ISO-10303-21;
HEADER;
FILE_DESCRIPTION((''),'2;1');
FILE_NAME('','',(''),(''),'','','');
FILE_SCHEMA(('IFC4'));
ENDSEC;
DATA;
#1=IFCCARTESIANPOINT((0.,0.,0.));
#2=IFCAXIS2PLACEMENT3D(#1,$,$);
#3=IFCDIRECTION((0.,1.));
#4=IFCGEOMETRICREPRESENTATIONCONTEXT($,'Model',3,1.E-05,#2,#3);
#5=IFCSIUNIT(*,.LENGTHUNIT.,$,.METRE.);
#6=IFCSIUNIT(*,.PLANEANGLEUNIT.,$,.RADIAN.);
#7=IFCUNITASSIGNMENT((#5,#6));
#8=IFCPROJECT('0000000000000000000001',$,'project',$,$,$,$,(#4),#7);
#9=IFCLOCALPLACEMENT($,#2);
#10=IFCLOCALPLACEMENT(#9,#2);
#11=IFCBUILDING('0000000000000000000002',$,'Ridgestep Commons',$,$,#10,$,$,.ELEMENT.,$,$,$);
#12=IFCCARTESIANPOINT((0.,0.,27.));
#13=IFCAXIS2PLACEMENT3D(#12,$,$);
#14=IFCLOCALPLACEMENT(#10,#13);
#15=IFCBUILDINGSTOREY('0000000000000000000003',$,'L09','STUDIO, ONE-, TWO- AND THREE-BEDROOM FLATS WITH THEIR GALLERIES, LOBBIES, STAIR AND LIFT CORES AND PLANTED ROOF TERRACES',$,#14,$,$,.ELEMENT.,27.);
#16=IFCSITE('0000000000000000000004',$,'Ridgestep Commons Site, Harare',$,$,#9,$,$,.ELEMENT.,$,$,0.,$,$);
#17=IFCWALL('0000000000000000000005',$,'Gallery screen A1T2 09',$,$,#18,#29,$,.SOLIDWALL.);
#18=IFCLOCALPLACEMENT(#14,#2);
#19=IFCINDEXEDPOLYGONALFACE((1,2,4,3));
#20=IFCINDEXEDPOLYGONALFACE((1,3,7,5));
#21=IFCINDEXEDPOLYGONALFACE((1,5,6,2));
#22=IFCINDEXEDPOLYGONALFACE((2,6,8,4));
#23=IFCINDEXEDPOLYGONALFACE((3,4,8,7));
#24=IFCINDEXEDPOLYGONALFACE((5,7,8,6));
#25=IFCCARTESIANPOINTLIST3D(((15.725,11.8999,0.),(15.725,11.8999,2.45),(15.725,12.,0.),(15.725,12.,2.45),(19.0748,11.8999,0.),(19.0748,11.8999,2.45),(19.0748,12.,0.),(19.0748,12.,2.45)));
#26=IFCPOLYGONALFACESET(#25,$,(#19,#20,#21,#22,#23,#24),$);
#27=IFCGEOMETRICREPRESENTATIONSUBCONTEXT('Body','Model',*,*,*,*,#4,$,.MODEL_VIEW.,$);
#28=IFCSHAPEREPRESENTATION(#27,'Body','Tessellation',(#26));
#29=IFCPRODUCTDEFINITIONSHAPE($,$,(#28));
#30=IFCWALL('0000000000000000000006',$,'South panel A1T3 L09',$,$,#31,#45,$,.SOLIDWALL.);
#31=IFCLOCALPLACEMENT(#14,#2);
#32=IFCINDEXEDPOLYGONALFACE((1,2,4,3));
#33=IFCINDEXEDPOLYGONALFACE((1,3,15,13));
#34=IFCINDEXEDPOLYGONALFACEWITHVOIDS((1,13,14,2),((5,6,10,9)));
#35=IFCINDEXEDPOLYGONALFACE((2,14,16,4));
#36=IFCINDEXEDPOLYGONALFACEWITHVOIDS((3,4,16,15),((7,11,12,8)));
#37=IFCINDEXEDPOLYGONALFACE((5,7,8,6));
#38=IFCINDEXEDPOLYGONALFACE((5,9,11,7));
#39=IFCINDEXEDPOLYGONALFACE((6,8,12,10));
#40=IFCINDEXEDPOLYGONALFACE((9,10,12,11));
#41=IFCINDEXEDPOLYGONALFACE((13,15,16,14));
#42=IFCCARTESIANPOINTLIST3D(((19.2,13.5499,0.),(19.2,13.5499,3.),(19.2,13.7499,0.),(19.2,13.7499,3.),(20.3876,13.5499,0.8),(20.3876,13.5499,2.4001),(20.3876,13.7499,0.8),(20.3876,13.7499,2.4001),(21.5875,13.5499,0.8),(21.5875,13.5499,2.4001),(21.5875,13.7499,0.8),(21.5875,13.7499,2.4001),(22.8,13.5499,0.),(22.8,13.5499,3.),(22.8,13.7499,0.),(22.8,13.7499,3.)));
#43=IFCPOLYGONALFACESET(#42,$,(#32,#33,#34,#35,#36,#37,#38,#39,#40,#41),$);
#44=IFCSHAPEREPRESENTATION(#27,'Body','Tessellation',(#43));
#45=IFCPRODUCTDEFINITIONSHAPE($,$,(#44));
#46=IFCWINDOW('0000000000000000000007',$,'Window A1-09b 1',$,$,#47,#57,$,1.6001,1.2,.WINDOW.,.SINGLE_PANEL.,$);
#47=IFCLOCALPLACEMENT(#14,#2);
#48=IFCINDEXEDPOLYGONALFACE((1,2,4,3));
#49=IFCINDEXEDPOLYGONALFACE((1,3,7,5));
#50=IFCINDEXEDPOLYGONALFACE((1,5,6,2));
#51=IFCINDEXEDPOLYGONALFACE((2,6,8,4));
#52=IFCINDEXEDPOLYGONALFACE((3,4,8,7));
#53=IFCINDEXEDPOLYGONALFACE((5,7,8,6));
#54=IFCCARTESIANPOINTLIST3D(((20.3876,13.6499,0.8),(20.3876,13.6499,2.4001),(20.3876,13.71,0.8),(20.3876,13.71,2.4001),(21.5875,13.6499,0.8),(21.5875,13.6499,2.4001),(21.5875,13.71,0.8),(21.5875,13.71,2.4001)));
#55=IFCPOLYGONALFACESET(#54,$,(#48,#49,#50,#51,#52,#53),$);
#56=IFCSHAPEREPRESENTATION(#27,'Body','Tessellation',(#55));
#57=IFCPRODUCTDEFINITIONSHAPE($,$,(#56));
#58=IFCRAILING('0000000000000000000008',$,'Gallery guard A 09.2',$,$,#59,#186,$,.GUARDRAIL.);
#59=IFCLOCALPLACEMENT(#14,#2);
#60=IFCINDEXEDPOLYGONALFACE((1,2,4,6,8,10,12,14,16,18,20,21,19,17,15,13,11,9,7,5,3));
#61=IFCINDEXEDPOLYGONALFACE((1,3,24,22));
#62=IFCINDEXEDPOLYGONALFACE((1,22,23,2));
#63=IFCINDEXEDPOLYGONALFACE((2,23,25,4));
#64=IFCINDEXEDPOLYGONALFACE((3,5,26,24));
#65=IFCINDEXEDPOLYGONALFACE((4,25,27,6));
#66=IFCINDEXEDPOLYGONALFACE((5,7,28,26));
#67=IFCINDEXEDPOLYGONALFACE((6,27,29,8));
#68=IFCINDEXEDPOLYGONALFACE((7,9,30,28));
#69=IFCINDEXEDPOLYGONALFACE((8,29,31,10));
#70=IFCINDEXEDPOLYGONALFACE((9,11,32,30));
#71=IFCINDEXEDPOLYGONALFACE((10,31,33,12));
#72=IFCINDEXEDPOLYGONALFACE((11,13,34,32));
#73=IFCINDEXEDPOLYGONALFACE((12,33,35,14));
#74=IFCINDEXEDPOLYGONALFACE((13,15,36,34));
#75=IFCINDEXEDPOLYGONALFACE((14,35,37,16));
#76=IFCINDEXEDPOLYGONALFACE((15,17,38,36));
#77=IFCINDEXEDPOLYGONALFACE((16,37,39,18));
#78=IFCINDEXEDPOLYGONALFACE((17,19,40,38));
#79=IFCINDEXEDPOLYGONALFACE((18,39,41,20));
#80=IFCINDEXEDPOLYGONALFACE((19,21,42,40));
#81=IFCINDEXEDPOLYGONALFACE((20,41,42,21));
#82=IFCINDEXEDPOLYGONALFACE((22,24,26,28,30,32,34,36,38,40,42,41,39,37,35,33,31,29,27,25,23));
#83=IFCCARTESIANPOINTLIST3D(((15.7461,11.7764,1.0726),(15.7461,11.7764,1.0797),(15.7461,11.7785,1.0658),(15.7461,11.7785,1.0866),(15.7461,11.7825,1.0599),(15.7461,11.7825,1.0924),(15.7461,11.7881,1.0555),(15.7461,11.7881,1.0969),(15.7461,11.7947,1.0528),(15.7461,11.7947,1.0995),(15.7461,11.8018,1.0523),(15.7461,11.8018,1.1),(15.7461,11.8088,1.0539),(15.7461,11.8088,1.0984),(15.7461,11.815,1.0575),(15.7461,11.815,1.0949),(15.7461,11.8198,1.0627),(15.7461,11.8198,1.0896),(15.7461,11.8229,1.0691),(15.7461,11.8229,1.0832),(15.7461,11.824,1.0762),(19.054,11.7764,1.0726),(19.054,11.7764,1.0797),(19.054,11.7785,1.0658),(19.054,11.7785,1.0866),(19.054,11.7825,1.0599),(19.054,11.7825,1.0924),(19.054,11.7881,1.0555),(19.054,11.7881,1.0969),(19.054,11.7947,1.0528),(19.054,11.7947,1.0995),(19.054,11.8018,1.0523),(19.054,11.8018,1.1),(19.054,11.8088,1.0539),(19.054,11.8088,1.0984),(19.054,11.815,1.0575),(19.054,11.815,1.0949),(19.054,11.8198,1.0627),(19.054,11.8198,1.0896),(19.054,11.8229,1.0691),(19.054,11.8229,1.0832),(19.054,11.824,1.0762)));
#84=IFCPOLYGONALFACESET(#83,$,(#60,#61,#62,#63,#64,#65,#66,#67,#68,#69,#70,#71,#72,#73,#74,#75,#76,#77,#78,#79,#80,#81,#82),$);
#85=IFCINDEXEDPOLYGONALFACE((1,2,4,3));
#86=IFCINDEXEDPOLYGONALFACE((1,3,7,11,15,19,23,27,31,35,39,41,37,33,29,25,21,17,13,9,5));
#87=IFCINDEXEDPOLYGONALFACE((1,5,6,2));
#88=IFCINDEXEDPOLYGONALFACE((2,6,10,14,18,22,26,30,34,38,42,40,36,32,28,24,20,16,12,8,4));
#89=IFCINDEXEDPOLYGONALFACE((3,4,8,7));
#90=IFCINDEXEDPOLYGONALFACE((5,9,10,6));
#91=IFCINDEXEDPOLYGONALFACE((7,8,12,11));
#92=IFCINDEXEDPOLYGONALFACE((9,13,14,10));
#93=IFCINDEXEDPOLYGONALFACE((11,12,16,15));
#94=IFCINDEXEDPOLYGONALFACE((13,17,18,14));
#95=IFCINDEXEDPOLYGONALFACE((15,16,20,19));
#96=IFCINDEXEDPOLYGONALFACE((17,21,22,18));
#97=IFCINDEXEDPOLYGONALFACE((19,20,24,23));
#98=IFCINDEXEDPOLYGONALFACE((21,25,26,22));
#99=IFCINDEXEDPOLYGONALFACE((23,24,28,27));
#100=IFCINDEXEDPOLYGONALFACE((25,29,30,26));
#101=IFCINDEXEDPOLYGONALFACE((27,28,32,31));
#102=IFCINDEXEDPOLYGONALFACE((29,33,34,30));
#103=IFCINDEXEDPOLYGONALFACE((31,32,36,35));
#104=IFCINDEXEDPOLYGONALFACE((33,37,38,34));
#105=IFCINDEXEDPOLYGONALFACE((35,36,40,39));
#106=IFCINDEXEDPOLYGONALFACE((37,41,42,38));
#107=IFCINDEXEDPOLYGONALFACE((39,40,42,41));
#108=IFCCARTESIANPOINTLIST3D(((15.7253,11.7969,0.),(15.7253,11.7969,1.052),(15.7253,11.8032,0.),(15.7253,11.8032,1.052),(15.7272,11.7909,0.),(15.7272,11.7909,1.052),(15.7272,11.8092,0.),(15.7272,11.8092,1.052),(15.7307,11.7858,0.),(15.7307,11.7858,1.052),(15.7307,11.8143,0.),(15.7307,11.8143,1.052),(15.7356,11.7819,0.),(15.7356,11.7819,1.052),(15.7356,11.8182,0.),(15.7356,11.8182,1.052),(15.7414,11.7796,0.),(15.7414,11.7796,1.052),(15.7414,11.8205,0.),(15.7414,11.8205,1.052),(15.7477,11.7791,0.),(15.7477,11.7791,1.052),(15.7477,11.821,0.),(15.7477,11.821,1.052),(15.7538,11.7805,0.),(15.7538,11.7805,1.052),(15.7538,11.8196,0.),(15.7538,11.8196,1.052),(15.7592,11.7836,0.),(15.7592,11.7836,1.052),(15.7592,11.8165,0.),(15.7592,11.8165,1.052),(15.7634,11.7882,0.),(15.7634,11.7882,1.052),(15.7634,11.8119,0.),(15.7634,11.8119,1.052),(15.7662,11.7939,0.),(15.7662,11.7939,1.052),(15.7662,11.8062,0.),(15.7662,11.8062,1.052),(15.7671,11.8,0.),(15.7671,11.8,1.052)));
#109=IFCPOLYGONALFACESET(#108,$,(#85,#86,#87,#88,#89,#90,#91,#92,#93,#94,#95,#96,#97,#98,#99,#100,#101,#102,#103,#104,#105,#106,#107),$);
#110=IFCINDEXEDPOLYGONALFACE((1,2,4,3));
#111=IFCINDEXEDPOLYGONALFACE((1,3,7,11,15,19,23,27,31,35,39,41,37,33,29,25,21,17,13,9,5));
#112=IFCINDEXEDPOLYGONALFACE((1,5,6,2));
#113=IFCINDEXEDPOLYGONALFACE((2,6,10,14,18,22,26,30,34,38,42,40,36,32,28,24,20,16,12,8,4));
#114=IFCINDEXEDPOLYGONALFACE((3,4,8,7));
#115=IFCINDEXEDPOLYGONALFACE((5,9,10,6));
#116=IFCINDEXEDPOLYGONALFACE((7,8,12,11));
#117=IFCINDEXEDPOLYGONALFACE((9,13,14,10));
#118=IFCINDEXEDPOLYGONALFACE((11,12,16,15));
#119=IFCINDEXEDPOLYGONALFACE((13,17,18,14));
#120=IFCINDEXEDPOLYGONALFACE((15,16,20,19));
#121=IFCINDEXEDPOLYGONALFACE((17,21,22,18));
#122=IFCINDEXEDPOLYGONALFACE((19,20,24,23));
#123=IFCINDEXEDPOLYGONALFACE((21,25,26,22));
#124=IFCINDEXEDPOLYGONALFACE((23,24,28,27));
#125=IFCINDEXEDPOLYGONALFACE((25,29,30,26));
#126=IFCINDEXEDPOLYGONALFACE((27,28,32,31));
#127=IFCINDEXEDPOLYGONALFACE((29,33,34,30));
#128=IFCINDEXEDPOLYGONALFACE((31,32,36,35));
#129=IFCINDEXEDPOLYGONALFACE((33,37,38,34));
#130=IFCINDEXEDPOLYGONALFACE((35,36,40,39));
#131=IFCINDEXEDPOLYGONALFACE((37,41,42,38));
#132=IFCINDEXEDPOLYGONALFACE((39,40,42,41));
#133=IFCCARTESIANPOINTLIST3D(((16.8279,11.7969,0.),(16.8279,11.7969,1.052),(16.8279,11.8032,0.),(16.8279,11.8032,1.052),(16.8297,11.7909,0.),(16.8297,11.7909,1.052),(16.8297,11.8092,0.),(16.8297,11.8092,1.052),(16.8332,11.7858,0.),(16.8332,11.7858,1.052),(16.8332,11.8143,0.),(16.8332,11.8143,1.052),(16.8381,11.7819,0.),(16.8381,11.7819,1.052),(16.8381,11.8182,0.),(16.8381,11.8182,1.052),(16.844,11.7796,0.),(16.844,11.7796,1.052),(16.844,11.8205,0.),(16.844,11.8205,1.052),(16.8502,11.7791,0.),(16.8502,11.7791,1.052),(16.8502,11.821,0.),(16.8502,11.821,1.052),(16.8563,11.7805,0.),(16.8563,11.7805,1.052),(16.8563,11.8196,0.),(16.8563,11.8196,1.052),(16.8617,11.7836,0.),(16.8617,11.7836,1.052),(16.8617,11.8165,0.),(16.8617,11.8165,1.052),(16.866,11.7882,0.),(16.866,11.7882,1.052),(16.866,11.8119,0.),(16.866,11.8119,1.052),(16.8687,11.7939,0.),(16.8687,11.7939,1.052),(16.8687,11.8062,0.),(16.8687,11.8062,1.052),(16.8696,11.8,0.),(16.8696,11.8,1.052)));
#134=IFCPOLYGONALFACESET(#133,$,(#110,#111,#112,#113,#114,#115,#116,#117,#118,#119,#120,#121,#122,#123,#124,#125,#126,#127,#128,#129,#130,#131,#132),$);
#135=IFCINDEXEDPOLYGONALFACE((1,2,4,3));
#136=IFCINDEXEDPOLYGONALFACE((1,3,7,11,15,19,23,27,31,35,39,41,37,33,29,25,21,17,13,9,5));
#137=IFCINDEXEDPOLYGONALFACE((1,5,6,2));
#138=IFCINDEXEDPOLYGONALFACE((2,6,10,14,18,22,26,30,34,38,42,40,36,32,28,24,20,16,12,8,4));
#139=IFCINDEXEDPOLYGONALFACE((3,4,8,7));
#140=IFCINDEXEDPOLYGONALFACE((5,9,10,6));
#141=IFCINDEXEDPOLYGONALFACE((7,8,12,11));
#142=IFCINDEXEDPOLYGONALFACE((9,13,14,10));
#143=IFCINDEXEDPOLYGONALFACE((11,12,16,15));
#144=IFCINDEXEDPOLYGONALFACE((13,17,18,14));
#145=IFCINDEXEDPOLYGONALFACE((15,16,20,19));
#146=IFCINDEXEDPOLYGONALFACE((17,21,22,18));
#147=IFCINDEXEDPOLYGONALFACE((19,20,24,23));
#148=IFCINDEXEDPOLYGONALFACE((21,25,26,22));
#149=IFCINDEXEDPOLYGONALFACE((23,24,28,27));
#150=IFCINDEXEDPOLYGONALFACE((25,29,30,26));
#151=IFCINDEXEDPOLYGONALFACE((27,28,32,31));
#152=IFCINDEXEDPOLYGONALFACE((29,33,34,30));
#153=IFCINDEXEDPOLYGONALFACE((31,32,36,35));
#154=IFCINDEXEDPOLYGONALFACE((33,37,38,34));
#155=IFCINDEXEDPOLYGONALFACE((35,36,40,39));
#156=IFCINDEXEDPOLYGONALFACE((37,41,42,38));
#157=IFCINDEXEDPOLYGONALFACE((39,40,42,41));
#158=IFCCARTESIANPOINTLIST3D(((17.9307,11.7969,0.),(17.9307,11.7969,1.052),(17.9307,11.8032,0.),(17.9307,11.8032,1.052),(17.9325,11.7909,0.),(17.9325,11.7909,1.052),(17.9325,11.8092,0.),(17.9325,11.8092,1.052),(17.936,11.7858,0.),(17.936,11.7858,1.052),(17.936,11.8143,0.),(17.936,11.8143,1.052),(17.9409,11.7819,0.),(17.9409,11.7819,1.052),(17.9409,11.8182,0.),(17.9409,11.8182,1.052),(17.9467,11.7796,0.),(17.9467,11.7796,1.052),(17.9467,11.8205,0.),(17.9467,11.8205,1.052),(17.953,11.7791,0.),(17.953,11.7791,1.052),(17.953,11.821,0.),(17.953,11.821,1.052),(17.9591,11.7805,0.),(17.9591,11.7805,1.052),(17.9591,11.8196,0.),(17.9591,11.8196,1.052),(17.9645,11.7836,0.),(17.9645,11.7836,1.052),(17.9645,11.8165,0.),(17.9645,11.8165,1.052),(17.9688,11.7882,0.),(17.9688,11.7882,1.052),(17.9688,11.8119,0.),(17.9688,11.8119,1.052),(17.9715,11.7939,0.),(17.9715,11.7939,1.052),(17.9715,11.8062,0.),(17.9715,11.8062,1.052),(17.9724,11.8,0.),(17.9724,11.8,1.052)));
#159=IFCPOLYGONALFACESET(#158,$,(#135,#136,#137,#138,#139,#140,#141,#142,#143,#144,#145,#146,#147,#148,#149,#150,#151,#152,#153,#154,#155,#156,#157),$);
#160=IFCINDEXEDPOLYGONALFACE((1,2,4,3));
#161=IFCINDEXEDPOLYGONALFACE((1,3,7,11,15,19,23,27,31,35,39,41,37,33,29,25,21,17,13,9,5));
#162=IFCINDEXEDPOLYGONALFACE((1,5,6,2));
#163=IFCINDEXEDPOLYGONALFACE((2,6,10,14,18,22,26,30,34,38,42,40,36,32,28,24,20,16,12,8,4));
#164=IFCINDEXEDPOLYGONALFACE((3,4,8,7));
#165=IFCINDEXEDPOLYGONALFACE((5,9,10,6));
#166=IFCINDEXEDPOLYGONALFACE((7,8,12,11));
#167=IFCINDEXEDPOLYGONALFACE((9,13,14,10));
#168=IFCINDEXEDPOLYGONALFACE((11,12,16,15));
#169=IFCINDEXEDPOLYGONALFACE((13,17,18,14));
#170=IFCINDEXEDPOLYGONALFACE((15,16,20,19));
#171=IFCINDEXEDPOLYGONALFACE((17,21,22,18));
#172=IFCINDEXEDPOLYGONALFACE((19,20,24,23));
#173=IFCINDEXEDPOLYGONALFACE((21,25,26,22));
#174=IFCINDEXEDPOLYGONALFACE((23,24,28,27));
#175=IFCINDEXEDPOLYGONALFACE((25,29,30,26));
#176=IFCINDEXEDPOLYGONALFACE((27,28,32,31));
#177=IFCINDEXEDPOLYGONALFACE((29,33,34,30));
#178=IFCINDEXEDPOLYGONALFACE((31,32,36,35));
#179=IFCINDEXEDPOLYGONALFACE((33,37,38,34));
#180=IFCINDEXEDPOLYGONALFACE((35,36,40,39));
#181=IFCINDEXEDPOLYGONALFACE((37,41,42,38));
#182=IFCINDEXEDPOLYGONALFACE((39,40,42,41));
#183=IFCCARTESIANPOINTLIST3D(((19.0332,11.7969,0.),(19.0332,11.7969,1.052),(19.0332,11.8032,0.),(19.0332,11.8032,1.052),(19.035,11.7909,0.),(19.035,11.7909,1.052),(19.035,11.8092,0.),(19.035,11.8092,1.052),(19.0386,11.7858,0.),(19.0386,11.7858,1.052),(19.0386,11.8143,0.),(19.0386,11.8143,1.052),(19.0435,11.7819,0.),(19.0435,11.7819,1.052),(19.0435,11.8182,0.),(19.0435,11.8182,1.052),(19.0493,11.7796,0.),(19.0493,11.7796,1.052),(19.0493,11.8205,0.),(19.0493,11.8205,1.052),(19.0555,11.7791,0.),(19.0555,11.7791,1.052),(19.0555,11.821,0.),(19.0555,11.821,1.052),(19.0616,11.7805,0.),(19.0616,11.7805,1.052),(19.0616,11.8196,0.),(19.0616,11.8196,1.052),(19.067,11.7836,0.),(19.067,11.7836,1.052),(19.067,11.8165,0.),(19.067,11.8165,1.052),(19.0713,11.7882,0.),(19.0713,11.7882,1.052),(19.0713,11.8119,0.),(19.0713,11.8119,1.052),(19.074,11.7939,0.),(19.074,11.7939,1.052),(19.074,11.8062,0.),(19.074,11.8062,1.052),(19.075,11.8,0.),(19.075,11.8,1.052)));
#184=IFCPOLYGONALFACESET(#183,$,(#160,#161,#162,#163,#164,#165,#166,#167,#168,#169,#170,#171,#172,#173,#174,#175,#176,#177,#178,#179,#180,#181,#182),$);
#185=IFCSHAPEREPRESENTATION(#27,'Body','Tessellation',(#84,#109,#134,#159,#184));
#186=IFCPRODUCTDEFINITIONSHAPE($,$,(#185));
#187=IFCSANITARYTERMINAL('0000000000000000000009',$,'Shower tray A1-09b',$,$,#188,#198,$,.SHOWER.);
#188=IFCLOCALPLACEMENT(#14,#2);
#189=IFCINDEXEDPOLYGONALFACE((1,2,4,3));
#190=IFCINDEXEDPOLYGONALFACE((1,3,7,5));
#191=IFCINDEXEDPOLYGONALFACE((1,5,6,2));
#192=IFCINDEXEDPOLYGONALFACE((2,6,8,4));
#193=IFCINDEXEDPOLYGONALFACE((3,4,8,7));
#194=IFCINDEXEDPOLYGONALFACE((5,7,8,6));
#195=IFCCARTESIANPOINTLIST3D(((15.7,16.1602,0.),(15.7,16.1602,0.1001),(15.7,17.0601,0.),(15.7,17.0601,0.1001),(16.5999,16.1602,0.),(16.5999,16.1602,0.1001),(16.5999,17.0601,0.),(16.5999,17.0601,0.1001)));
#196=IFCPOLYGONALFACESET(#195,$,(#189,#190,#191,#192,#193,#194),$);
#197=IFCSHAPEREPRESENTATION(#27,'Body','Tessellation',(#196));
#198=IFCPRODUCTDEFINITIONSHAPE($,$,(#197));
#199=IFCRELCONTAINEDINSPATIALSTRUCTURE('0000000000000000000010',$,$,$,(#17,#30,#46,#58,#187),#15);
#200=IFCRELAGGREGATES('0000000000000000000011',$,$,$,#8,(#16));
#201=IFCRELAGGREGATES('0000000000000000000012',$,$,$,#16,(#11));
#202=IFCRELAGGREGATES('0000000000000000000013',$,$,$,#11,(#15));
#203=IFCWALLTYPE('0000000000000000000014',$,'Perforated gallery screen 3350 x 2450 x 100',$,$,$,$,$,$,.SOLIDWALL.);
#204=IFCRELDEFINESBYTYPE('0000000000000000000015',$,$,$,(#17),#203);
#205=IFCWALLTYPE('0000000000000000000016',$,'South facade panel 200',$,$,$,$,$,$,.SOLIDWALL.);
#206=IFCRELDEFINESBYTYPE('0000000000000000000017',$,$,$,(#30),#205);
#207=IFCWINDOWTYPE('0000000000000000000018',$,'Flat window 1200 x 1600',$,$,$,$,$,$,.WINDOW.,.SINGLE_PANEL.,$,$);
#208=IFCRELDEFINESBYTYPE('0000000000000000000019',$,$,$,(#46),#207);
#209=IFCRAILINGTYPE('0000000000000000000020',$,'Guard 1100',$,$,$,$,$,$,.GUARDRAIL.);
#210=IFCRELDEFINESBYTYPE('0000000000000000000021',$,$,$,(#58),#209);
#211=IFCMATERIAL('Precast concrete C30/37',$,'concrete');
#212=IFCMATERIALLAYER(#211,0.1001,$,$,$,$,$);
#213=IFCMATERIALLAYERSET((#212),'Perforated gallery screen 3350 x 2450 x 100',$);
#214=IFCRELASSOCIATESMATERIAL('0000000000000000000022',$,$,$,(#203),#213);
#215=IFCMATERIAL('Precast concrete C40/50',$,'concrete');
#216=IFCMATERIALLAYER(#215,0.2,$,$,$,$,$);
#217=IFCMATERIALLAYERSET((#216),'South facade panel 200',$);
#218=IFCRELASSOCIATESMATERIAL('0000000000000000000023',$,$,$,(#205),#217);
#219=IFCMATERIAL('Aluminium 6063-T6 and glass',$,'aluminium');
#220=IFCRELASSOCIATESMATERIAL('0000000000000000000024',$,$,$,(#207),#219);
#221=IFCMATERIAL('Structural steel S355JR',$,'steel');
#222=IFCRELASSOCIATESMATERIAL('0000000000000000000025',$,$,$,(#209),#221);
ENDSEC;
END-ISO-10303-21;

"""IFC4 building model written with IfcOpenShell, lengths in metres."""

from ifc_helpers import new_model, si_unit, direction, frame, frame_2d, origin, origin_2d, place, context, subcontext, project, spatial, rectangle, circle, extrude, material, layer, layer_set, type_object, element, fill, save


model = new_model("IFC4")

# Units and contexts
model_context = context("Model", 3, precision=1e-05, world=origin(), true_north=direction((0.0, 1.0)))
body_context = subcontext(model_context, "Body", "Model", "MODEL_VIEW")
ifc_project = project(units=[si_unit("LENGTHUNIT", "METRE"), si_unit("PLANEANGLEUNIT", "RADIAN")], contexts=[model_context])

# Site, building, storey
site_placement = place(None, origin())
site = spatial("IfcSite", under=ifc_project, at=site_placement, Name="Ridgestep Commons Site, Harare", CompositionType="ELEMENT", RefElevation=0.0)
building_placement = place(site_placement, origin())
building = spatial("IfcBuilding", under=site, at=building_placement, Name="Ridgestep Commons", CompositionType="ELEMENT")
storey_placement = place(building_placement, frame((0.0, 0.0, 27.0)))
storey = spatial("IfcBuildingStorey", under=building, at=storey_placement, Name="L09", Description="STUDIO, ONE-, TWO- AND THREE-BEDROOM FLATS WITH THEIR GALLERIES, LOBBIES, STAIR AND LIFT CORES AND PLANTED ROOF TERRACES", CompositionType="ELEMENT", Elevation=27.0)

# Wall
ifc_material_1 = material(Name="Precast concrete C30/37", Category="concrete")
ifc_layer_1 = layer(ifc_material_1, 0.1001)
ifc_layer_set_1 = layer_set([ifc_layer_1], Name="Perforated gallery screen 3350 x 2450 x 100")
wall_type_1 = type_object("IfcWallType", Name="Perforated gallery screen 3350 x 2450 x 100", PredefinedType="SOLIDWALL", material=ifc_layer_set_1)
wall_1_placement = place(storey_placement, frame((15.7251, 11.95, 0.0), z_axis=(0.0, 0.0, 1.0), x_axis=(1.0, 0.0, 0.0)))
element("IfcWall", 1, at=wall_1_placement, inside=storey, type_object=wall_type_1, Name="Gallery screen A1T2 09", PredefinedType="SOLIDWALL", context=body_context, shape_type="SweptSolid", body=[
    extrude(rectangle(XDim=3.3499, YDim=0.1001, at=frame_2d((1.6748, 0.0))), origin(), (0.0, 0.0, 1.0), 2.45),
])

# Wall, opening, window
ifc_material_2 = material(Name="Precast concrete C40/50", Category="concrete")
ifc_layer_2 = layer(ifc_material_2, 0.2)
ifc_layer_set_2 = layer_set([ifc_layer_2], Name="South facade panel 200")
wall_type_2 = type_object("IfcWallType", Name="South facade panel 200", PredefinedType="SOLIDWALL", material=ifc_layer_set_2)
wall_2_placement = place(storey_placement, frame((19.2, 13.6499, 0.0), z_axis=(0.0, 0.0, 1.0), x_axis=(1.0, 0.0, 0.0)))
wall_2 = element("IfcWall", 2, at=wall_2_placement, inside=storey, type_object=wall_type_2, Name="South panel A1T3 L09", PredefinedType="SOLIDWALL", context=body_context, shape_type="SweptSolid", body=[
    extrude(rectangle(XDim=3.6001, YDim=0.2, at=frame_2d((1.8, 0.0))), origin(), (0.0, 0.0, 1.0), 3.0),
])
opening_1_placement = place(wall_2_placement, frame((1.1875, 0.0, 0.8)))
opening_1 = element("IfcOpeningElement", 3, at=opening_1_placement, cuts=wall_2, PredefinedType="OPENING", context=body_context, shape_type="SweptSolid", body=[
    extrude(rectangle(XDim=1.2, YDim=1.6001, at=frame_2d((0.6001, 0.8))), frame((0.0, 0.1099, 0.0), z_axis=(0.0, -1.0, 0.0), x_axis=(1.0, 0.0, 0.0)), (0.0, 0.0, 1.0), 0.22),
])
ifc_material_3 = material(Name="Aluminium 6063-T6 and glass", Category="aluminium")
window_type = type_object("IfcWindowType", Name="Flat window 1200 x 1600", PartitioningType="SINGLE_PANEL", PredefinedType="WINDOW", material=ifc_material_3)
window_placement = place(opening_1_placement, origin())
window = element("IfcWindow", 4, at=window_placement, inside=storey, type_object=window_type, Name="Window A1-09b 1", OverallHeight=1.6001, OverallWidth=1.2, PartitioningType="SINGLE_PANEL", PredefinedType="WINDOW", context=body_context, shape_type="SweptSolid", body=[
    extrude(rectangle(XDim=1.2, YDim=1.6001, at=frame_2d((0.6001, 0.8))), frame((0.0, 0.0601, 0.0), z_axis=(0.0, -1.0, 0.0), x_axis=(1.0, 0.0, 0.0)), (0.0, 0.0, 1.0), 0.0601),
])
fill(opening_1, window)

# Railing
ifc_material_4 = material(Name="Structural steel S355JR", Category="steel")
railing_type = type_object("IfcRailingType", Name="Guard 1100", PredefinedType="GUARDRAIL", material=ifc_material_4)
railing_placement = place(storey_placement, frame((15.7461, 11.8, 0.0)))
element("IfcRailing", 5, at=railing_placement, inside=storey, type_object=railing_type, Name="Gallery guard A 09.2", PredefinedType="GUARDRAIL", context=body_context, shape_type="SweptSolid", body=[
    extrude(circle(Radius=0.0239, at=origin_2d()), frame((0.0, 0.0, 1.0762), z_axis=(1.0, 0.0, 0.0), x_axis=(0.0, 1.0, 0.0)), (0.0, 0.0, 1.0), 3.3079),
    extrude(circle(Radius=0.021, at=origin_2d()), origin(), (0.0, 0.0, 1.0), 1.052),
    extrude(circle(Radius=0.021, at=origin_2d()), frame((1.1025, 0.0, 0.0)), (0.0, 0.0, 1.0), 1.052),
    extrude(circle(Radius=0.021, at=origin_2d()), frame((2.2053, 0.0, 0.0)), (0.0, 0.0, 1.0), 1.052),
    extrude(circle(Radius=0.021, at=origin_2d()), frame((3.3079, 0.0, 0.0)), (0.0, 0.0, 1.0), 1.052),
])

# Sanitary terminal
sanitary_terminal_1_placement = place(storey_placement, frame((16.1499, 16.6101, 0.0), z_axis=(0.0, 0.0, 1.0), x_axis=(1.0, 0.0, 0.0)))
element("IfcSanitaryTerminal", 6, at=sanitary_terminal_1_placement, inside=storey, Name="Shower tray A1-09b", PredefinedType="SHOWER", context=body_context, shape_type="SweptSolid", body=[
    extrude(rectangle(XDim=0.8999, YDim=0.8999, at=origin_2d()), origin(), (0.0, 0.0, 1.0), 0.1001),
])

save(model, "model.ifc")
